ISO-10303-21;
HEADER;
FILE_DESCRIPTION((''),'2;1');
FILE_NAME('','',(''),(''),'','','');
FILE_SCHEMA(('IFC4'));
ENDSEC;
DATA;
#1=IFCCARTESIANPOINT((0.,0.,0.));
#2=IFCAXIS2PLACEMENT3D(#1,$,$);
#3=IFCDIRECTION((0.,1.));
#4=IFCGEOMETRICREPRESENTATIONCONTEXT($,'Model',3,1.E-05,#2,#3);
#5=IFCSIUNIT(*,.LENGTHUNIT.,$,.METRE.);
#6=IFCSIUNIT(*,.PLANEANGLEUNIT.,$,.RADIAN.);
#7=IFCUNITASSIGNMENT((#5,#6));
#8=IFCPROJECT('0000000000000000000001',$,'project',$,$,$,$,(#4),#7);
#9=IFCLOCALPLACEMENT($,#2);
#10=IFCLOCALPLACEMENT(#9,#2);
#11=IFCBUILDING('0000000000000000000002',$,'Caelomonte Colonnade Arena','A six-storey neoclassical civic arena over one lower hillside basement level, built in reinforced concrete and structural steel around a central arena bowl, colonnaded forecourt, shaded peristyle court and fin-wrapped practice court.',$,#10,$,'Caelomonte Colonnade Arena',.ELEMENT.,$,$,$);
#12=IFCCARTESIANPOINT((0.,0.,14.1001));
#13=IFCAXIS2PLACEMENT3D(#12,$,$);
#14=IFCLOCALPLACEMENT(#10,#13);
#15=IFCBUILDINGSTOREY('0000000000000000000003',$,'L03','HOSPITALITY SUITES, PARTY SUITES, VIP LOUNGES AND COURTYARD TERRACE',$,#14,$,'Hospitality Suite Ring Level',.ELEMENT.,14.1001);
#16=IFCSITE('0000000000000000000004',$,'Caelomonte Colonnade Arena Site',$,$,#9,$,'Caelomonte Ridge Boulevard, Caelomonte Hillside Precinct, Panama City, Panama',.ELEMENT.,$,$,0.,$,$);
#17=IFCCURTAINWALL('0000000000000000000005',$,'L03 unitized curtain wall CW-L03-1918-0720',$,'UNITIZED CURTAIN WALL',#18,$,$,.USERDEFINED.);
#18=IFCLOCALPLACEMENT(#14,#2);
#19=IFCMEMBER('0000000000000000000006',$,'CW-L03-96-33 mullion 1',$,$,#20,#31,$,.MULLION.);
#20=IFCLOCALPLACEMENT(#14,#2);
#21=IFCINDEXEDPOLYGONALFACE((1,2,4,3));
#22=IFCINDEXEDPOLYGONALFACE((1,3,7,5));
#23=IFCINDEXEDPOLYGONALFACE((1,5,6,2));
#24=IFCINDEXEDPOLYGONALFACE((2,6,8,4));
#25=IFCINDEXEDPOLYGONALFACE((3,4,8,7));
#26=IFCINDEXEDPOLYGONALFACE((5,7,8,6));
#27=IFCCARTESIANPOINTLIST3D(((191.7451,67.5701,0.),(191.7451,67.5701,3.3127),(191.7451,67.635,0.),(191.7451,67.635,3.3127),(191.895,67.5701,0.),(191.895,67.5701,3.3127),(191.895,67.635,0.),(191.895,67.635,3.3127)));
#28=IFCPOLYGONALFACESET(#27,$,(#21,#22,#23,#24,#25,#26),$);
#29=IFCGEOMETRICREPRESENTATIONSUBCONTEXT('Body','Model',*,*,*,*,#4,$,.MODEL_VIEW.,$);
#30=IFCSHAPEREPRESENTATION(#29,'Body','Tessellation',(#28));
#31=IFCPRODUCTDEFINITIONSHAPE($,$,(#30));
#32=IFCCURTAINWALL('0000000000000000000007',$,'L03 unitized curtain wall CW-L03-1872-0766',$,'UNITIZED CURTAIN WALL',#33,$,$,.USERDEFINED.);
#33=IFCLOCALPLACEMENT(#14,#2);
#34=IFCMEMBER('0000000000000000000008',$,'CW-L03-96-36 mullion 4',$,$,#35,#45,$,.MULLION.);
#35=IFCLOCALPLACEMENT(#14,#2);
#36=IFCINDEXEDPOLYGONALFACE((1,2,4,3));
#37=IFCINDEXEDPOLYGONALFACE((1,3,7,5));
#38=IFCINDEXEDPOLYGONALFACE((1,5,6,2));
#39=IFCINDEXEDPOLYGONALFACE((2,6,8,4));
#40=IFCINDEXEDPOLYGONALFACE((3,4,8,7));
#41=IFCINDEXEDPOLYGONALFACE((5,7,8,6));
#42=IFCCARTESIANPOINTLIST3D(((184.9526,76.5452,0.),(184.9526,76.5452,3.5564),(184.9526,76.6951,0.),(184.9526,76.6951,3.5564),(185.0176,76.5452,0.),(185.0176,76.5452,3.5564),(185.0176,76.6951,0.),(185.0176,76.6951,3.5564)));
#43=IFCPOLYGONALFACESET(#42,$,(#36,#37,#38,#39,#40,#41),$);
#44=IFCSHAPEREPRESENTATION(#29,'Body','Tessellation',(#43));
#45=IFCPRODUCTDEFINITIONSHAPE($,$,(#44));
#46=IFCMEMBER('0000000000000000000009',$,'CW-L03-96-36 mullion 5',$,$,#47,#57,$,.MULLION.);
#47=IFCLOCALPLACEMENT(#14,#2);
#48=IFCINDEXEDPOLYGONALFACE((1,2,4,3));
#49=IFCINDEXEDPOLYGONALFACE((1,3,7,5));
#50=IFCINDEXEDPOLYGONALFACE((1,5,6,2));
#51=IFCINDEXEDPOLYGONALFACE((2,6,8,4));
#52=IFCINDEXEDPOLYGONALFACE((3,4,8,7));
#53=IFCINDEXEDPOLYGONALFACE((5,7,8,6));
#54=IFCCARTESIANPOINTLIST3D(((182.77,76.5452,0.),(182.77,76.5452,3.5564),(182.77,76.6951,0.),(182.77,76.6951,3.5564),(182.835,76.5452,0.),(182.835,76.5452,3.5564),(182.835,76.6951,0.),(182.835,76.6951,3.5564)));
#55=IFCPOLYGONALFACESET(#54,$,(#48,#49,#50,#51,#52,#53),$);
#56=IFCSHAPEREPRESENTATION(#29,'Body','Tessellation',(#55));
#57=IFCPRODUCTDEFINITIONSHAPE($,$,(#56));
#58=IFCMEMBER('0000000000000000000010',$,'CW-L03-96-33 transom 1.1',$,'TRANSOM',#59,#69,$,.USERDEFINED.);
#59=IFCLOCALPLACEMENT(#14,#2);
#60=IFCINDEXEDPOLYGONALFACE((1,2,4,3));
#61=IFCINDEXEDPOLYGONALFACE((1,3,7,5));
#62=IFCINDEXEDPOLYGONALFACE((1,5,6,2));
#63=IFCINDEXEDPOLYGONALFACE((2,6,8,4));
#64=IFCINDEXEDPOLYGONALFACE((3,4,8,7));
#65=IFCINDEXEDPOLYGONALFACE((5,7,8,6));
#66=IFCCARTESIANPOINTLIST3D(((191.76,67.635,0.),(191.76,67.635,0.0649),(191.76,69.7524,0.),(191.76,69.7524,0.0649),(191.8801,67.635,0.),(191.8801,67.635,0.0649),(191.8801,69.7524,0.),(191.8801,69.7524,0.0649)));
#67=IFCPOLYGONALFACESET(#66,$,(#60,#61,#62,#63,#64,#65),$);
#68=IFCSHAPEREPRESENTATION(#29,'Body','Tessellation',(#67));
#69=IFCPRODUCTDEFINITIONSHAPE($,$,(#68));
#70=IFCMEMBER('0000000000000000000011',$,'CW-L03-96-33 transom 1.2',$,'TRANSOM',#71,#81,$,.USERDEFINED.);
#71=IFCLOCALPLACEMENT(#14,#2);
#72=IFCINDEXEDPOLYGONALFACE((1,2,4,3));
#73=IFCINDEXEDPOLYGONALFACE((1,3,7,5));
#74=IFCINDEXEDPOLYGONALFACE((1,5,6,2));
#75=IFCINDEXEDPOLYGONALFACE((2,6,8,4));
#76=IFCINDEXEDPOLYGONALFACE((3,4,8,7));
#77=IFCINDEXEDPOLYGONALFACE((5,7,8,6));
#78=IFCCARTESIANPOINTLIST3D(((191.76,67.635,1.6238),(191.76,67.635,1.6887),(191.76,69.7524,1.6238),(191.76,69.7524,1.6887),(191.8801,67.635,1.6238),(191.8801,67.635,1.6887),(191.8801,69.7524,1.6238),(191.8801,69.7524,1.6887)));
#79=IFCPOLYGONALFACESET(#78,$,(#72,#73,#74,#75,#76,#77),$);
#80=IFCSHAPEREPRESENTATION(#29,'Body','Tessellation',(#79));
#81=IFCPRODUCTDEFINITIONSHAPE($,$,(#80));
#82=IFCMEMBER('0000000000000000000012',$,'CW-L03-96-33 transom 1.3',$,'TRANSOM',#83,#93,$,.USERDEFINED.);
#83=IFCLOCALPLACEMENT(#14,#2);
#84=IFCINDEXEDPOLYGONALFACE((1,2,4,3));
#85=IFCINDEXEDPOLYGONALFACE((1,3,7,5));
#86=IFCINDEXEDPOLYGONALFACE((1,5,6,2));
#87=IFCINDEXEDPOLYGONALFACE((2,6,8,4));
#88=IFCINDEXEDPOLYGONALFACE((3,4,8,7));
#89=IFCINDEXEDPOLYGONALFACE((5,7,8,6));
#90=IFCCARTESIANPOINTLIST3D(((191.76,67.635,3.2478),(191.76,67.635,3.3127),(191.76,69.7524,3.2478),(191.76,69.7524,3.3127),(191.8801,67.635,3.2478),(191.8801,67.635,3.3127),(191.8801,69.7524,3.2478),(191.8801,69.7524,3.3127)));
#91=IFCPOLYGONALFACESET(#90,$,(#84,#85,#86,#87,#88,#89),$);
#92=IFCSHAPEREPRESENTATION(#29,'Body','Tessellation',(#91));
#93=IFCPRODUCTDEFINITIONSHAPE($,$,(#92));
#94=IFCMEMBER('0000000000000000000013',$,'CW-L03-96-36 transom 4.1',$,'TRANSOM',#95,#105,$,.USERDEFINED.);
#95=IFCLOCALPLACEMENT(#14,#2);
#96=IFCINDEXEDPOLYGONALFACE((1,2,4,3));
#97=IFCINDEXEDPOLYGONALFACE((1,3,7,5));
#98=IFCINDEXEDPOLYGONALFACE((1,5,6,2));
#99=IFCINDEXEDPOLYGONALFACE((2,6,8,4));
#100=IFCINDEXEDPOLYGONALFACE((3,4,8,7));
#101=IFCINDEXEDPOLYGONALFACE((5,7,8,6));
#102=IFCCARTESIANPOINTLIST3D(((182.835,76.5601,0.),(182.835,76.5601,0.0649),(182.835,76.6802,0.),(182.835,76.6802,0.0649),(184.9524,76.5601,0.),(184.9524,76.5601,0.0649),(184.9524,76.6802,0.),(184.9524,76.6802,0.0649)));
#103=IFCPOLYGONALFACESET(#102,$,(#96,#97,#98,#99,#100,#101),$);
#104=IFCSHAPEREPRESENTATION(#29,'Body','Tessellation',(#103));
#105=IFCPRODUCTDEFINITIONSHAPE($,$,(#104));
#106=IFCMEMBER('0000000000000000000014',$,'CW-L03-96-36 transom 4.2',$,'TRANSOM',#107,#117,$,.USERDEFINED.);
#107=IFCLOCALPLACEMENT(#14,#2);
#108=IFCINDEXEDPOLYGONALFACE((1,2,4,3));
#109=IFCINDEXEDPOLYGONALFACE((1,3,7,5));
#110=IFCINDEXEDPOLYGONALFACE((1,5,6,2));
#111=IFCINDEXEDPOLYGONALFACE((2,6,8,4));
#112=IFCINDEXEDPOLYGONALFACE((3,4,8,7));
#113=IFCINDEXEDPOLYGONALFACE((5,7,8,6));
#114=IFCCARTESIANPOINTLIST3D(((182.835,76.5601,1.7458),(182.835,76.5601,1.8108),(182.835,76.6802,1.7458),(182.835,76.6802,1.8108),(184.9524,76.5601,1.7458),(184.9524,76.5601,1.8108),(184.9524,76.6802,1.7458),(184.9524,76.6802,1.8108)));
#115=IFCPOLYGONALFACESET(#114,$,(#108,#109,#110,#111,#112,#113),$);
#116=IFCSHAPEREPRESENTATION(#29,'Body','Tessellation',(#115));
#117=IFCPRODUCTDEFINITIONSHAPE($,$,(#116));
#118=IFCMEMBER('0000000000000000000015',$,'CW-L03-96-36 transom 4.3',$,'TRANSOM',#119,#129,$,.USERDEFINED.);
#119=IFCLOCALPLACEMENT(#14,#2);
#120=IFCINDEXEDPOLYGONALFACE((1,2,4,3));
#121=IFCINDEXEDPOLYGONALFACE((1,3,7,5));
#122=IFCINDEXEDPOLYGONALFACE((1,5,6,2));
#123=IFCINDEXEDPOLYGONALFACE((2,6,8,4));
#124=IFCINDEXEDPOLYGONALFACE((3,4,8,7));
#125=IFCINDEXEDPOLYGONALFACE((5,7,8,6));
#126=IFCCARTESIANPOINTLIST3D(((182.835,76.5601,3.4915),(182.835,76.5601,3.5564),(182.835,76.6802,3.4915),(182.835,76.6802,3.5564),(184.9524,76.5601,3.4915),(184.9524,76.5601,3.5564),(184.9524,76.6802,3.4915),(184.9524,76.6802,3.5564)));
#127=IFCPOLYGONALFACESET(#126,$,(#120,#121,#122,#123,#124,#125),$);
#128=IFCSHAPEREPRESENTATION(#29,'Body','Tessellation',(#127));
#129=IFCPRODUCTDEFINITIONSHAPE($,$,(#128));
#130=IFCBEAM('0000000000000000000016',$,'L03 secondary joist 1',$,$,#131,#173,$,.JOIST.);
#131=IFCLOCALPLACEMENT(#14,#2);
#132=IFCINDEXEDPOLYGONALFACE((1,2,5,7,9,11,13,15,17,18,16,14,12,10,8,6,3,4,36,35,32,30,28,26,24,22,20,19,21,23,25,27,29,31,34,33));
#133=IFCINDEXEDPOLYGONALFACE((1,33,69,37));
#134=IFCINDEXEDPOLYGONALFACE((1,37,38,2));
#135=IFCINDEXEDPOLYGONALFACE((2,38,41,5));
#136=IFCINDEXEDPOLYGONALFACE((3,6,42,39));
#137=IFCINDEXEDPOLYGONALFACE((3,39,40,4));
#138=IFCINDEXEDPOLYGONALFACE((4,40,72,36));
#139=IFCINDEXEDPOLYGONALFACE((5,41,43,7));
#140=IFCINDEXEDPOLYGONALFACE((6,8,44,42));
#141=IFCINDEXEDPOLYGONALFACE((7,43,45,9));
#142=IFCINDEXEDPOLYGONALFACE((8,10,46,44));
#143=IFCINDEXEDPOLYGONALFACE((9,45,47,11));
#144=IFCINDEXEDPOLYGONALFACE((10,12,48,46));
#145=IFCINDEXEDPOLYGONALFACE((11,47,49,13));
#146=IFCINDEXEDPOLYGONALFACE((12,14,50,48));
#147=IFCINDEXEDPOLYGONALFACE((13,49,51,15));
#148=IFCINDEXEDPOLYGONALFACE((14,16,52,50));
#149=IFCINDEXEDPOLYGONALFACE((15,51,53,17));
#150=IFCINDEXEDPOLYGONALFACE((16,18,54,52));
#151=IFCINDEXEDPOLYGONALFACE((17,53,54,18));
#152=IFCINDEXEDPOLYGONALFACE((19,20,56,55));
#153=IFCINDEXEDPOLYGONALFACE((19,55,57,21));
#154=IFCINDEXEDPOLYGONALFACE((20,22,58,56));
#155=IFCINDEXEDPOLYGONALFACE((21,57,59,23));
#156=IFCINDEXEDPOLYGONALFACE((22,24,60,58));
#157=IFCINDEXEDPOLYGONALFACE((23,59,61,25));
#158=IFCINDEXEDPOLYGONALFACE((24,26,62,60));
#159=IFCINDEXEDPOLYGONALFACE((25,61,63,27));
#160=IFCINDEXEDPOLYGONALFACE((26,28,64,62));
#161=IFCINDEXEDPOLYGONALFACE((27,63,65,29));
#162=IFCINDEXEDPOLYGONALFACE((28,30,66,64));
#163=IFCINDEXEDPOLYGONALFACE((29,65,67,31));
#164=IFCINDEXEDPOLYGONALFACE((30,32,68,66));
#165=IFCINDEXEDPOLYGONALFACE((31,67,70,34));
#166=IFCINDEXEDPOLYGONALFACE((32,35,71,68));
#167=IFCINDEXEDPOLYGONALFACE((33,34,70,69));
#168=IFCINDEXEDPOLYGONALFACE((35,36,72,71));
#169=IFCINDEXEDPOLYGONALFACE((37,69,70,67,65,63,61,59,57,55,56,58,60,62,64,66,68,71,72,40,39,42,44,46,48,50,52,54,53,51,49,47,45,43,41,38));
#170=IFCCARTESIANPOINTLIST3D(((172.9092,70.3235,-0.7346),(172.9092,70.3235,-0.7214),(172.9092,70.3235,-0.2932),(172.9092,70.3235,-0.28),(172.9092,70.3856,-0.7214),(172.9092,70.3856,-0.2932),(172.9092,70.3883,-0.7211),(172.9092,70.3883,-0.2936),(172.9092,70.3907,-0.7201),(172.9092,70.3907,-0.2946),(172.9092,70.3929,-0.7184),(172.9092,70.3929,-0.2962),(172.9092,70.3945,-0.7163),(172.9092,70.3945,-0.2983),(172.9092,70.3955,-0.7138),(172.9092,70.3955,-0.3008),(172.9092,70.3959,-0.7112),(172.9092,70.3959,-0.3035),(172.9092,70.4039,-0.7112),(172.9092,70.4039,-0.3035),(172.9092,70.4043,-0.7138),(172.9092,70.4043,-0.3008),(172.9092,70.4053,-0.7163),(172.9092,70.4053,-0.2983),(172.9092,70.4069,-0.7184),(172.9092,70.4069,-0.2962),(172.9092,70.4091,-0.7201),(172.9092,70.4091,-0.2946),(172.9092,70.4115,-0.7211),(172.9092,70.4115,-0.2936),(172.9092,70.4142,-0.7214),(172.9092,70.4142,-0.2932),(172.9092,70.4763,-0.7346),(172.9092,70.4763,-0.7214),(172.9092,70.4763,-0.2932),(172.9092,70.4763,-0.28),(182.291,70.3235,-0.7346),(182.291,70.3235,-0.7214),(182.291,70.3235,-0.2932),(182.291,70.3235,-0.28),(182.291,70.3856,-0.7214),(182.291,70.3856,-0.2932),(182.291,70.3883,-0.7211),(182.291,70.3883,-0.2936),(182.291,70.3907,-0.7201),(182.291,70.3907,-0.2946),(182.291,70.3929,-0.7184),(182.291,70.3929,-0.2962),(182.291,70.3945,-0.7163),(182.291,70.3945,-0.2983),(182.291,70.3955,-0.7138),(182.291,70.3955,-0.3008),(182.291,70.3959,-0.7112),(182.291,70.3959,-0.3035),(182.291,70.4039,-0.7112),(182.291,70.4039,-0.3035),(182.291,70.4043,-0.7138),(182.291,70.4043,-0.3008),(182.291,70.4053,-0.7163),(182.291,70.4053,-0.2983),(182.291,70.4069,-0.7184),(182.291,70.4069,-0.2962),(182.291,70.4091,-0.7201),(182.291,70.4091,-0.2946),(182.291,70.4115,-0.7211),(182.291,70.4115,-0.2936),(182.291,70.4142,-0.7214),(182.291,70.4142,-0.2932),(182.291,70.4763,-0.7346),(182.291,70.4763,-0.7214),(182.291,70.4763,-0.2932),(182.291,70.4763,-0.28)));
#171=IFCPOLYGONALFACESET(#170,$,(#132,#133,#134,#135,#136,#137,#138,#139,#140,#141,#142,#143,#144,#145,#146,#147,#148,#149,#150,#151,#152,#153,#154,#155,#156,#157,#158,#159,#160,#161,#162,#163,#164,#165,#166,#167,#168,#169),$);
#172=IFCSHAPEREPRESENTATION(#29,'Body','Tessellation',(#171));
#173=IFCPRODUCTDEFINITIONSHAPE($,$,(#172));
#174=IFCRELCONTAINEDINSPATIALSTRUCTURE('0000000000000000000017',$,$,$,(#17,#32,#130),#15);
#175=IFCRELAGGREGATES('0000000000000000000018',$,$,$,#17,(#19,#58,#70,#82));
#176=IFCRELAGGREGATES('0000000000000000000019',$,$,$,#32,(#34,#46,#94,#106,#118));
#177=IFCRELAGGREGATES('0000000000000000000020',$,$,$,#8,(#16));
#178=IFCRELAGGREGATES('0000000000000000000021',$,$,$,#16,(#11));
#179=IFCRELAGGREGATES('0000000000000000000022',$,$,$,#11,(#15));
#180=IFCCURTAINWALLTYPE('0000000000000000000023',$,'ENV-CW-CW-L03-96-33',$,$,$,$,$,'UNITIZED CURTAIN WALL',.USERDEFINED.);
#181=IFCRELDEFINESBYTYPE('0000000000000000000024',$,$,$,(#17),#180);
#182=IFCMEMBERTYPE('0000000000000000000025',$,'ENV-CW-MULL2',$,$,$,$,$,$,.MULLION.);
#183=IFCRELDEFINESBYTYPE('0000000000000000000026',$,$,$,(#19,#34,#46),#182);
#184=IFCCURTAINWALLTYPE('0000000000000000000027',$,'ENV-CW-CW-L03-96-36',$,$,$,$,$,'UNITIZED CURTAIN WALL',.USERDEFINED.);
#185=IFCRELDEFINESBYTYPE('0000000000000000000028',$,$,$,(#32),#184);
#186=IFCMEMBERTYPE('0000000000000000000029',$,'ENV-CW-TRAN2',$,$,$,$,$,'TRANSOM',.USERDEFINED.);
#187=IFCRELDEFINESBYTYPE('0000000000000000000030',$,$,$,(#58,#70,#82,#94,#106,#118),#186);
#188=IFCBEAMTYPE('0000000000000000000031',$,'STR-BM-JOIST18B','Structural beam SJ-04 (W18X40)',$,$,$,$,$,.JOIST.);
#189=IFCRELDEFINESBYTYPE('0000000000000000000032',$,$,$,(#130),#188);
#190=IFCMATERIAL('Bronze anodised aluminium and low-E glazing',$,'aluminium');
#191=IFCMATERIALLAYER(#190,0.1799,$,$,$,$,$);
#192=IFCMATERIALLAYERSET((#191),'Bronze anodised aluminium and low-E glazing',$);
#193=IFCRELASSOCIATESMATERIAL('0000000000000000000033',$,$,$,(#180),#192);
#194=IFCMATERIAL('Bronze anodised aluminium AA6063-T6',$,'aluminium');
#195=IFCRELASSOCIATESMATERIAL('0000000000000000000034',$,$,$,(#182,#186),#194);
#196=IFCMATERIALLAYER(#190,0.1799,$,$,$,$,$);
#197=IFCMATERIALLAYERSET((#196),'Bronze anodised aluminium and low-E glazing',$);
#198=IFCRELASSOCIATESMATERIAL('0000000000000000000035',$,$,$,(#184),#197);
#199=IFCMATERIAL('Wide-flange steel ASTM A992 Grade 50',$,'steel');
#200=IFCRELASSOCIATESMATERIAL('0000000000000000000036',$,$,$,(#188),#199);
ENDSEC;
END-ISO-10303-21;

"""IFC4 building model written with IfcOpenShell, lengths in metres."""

from ifc_helpers import new_model, si_unit, direction, frame, origin, origin_2d, place, context, subcontext, project, spatial, rectangle, i_section, extrude, material, layer, layer_set, material_profile, profile_set, type_object, element, aggregate, save


model = new_model("IFC4")

# Units and contexts
model_context = context("Model", 3, precision=1e-05, world=origin(), true_north=direction((0.0, 1.0)))
body_context = subcontext(model_context, "Body", "Model", "MODEL_VIEW")
ifc_project = project(units=[si_unit("LENGTHUNIT", "METRE"), si_unit("PLANEANGLEUNIT", "RADIAN")], contexts=[model_context])

# Site, building, storey
site_placement = place(None, origin())
site = spatial("IfcSite", under=ifc_project, at=site_placement, Name="Caelomonte Colonnade Arena Site", LongName="Caelomonte Ridge Boulevard, Caelomonte Hillside Precinct, Panama City, Panama", CompositionType="ELEMENT", RefElevation=0.0)
building_placement = place(site_placement, origin())
building = spatial("IfcBuilding", under=site, at=building_placement, Name="Caelomonte Colonnade Arena", Description="A six-storey neoclassical civic arena over one lower hillside basement level, built in reinforced concrete and structural steel around a central arena bowl, colonnaded forecourt, shaded peristyle court and fin-wrapped practice court.", LongName="Caelomonte Colonnade Arena", CompositionType="ELEMENT")
storey_placement = place(building_placement, frame((0.0, 0.0, 14.1001)))
storey = spatial("IfcBuildingStorey", under=building, at=storey_placement, Name="L03", Description="HOSPITALITY SUITES, PARTY SUITES, VIP LOUNGES AND COURTYARD TERRACE", LongName="Hospitality Suite Ring Level", CompositionType="ELEMENT", Elevation=14.1001)

# Curtain wall, member
ifc_material_1 = material(Name="Bronze anodised aluminium and low-E glazing", Category="aluminium")
ifc_layer_1 = layer(ifc_material_1, 0.1799)
ifc_layer_set_1 = layer_set([ifc_layer_1], Name="Bronze anodised aluminium and low-E glazing")
curtain_wall_type_1 = type_object("IfcCurtainWallType", Name="ENV-CW-CW-L03-96-33", ElementType="UNITIZED CURTAIN WALL", PredefinedType="USERDEFINED", material=ifc_layer_set_1)
curtain_wall_1_placement = place(storey_placement, origin())
curtain_wall_1 = element("IfcCurtainWall", 1, at=curtain_wall_1_placement, inside=storey, type_object=curtain_wall_type_1, Name="L03 unitized curtain wall CW-L03-1918-0720", ObjectType="UNITIZED CURTAIN WALL", PredefinedType="USERDEFINED")
ifc_material_2 = material(Name="Bronze anodised aluminium AA6063-T6", Category="aluminium")
ifc_material_profile_1 = material_profile(ifc_material_2, rectangle(XDim=0.0649, YDim=0.1499, at=origin_2d()), Name="CWM-65X150")
ifc_profile_set_1 = profile_set([ifc_material_profile_1], Name="Bronze anodised aluminium AA6063-T6")
member_type_1 = type_object("IfcMemberType", Name="ENV-CW-MULL2", PredefinedType="MULLION", material=ifc_profile_set_1)
member_1_placement = place(storey_placement, frame((191.8201, 67.6025, 0.0), z_axis=(0.0, 0.0, 1.0), x_axis=(0.0, 1.0, 0.0)))
member_1 = element("IfcMember", 2, at=member_1_placement, type_object=member_type_1, Name="CW-L03-96-33 mullion 1", PredefinedType="MULLION", context=body_context, shape_type="SweptSolid", body=[
    extrude(rectangle(XDim=0.0649, YDim=0.1499, at=origin_2d()), origin(), (0.0, 0.0, 1.0), 3.3127),
])

# Curtain wall, members
ifc_layer_2 = layer(ifc_material_1, 0.1799)
ifc_layer_set_2 = layer_set([ifc_layer_2], Name="Bronze anodised aluminium and low-E glazing")
curtain_wall_type_2 = type_object("IfcCurtainWallType", Name="ENV-CW-CW-L03-96-36", ElementType="UNITIZED CURTAIN WALL", PredefinedType="USERDEFINED", material=ifc_layer_set_2)
curtain_wall_2_placement = place(storey_placement, origin())
curtain_wall_2 = element("IfcCurtainWall", 3, at=curtain_wall_2_placement, inside=storey, type_object=curtain_wall_type_2, Name="L03 unitized curtain wall CW-L03-1872-0766", ObjectType="UNITIZED CURTAIN WALL", PredefinedType="USERDEFINED")
member_2_placement = place(storey_placement, frame((184.9851, 76.6201, 0.0), z_axis=(0.0, 0.0, 1.0), x_axis=(-1.0, 0.0, 0.0)))
member_2 = element("IfcMember", 4, at=member_2_placement, type_object=member_type_1, Name="CW-L03-96-36 mullion 4", PredefinedType="MULLION", context=body_context, shape_type="SweptSolid", body=[
    extrude(rectangle(XDim=0.0649, YDim=0.1499, at=origin_2d()), origin(), (0.0, 0.0, 1.0), 3.5564),
])
member_3_placement = place(storey_placement, frame((182.8025, 76.6201, 0.0), z_axis=(0.0, 0.0, 1.0), x_axis=(-1.0, 0.0, 0.0)))
member_3 = element("IfcMember", 5, at=member_3_placement, type_object=member_type_1, Name="CW-L03-96-36 mullion 5", PredefinedType="MULLION", context=body_context, shape_type="SweptSolid", body=[
    extrude(rectangle(XDim=0.0649, YDim=0.1499, at=origin_2d()), origin(), (0.0, 0.0, 1.0), 3.5564),
])

# Members
ifc_material_profile_2 = material_profile(ifc_material_2, rectangle(XDim=0.0649, YDim=0.1201, at=origin_2d()), Name="CWT-65X120")
ifc_profile_set_2 = profile_set([ifc_material_profile_2], Name="Bronze anodised aluminium AA6063-T6")
member_type_2 = type_object("IfcMemberType", Name="ENV-CW-TRAN2", ElementType="TRANSOM", PredefinedType="USERDEFINED", material=ifc_profile_set_2)
member_4_placement = place(storey_placement, frame((191.8201, 67.635, 0.0325), z_axis=(0.0, 1.0, 0.0), x_axis=(0.0, 0.0, 1.0)))
member_4 = element("IfcMember", 6, at=member_4_placement, type_object=member_type_2, Name="CW-L03-96-33 transom 1.1", ObjectType="TRANSOM", PredefinedType="USERDEFINED", context=body_context, shape_type="SweptSolid", body=[
    extrude(rectangle(XDim=0.0649, YDim=0.1201, at=origin_2d()), origin(), (0.0, 0.0, 1.0), 2.1174),
])
member_5_placement = place(storey_placement, frame((191.8201, 67.635, 1.6562), z_axis=(0.0, 1.0, 0.0), x_axis=(0.0, 0.0, 1.0)))
member_5 = element("IfcMember", 7, at=member_5_placement, type_object=member_type_2, Name="CW-L03-96-33 transom 1.2", ObjectType="TRANSOM", PredefinedType="USERDEFINED", context=body_context, shape_type="SweptSolid", body=[
    extrude(rectangle(XDim=0.0649, YDim=0.1201, at=origin_2d()), origin(), (0.0, 0.0, 1.0), 2.1174),
])
member_6_placement = place(storey_placement, frame((191.8201, 67.635, 3.2803), z_axis=(0.0, 1.0, 0.0), x_axis=(0.0, 0.0, 1.0)))
member_6 = element("IfcMember", 8, at=member_6_placement, type_object=member_type_2, Name="CW-L03-96-33 transom 1.3", ObjectType="TRANSOM", PredefinedType="USERDEFINED", context=body_context, shape_type="SweptSolid", body=[
    extrude(rectangle(XDim=0.0649, YDim=0.1201, at=origin_2d()), origin(), (0.0, 0.0, 1.0), 2.1174),
])
member_7_placement = place(storey_placement, frame((184.9524, 76.6201, 0.0325), z_axis=(-1.0, 0.0, 0.0), x_axis=(0.0, 0.0, 1.0)))
member_7 = element("IfcMember", 9, at=member_7_placement, type_object=member_type_2, Name="CW-L03-96-36 transom 4.1", ObjectType="TRANSOM", PredefinedType="USERDEFINED", context=body_context, shape_type="SweptSolid", body=[
    extrude(rectangle(XDim=0.0649, YDim=0.1201, at=origin_2d()), origin(), (0.0, 0.0, 1.0), 2.1174),
])
member_8_placement = place(storey_placement, frame((184.9524, 76.6201, 1.7783), z_axis=(-1.0, 0.0, 0.0), x_axis=(0.0, 0.0, 1.0)))
member_8 = element("IfcMember", 10, at=member_8_placement, type_object=member_type_2, Name="CW-L03-96-36 transom 4.2", ObjectType="TRANSOM", PredefinedType="USERDEFINED", context=body_context, shape_type="SweptSolid", body=[
    extrude(rectangle(XDim=0.0649, YDim=0.1201, at=origin_2d()), origin(), (0.0, 0.0, 1.0), 2.1174),
])
member_9_placement = place(storey_placement, frame((184.9524, 76.6201, 3.5239), z_axis=(-1.0, 0.0, 0.0), x_axis=(0.0, 0.0, 1.0)))
member_9 = element("IfcMember", 11, at=member_9_placement, type_object=member_type_2, Name="CW-L03-96-36 transom 4.3", ObjectType="TRANSOM", PredefinedType="USERDEFINED", context=body_context, shape_type="SweptSolid", body=[
    extrude(rectangle(XDim=0.0649, YDim=0.1201, at=origin_2d()), origin(), (0.0, 0.0, 1.0), 2.1174),
])

# Beam
ifc_material_3 = material(Name="Wide-flange steel ASTM A992 Grade 50", Category="steel")
ifc_material_profile_3 = material_profile(ifc_material_3, i_section(OverallWidth=0.1528, OverallDepth=0.4546, WebThickness=0.0081, FlangeThickness=0.0132, FilletRadius=0.0103, at=origin_2d()), Name="W18X40")
ifc_profile_set_3 = profile_set([ifc_material_profile_3], Name="Wide-flange steel ASTM A992 Grade 50")
beam_type = type_object("IfcBeamType", Name="STR-BM-JOIST18B", Description="Structural beam SJ-04 (W18X40)", PredefinedType="JOIST", material=ifc_profile_set_3)
for number, where, z_axis, x_axis, name in (
    (12, (172.9092, 70.3999, -0.5073), (1.0, 0.0, 0.0), (0.0, 1.0, 0.0), "L03 secondary joist 1"),
):
    element("IfcBeam", number, at=place(storey_placement, frame(where, z_axis=z_axis, x_axis=x_axis)), inside=storey, type_object=beam_type, Name=name, PredefinedType="JOIST", context=body_context, shape_type="SweptSolid", body=[
        extrude(i_section(OverallWidth=0.1528, OverallDepth=0.4546, WebThickness=0.0081, FlangeThickness=0.0132, FilletRadius=0.0103, at=origin_2d()), origin(), (0.0, 0.0, 1.0), 9.3818),
    ])

aggregate(curtain_wall_1, [member_1, member_4, member_5, member_6])
aggregate(curtain_wall_2, [member_2, member_3, member_7, member_8, member_9])

save(model, "model.ifc")
